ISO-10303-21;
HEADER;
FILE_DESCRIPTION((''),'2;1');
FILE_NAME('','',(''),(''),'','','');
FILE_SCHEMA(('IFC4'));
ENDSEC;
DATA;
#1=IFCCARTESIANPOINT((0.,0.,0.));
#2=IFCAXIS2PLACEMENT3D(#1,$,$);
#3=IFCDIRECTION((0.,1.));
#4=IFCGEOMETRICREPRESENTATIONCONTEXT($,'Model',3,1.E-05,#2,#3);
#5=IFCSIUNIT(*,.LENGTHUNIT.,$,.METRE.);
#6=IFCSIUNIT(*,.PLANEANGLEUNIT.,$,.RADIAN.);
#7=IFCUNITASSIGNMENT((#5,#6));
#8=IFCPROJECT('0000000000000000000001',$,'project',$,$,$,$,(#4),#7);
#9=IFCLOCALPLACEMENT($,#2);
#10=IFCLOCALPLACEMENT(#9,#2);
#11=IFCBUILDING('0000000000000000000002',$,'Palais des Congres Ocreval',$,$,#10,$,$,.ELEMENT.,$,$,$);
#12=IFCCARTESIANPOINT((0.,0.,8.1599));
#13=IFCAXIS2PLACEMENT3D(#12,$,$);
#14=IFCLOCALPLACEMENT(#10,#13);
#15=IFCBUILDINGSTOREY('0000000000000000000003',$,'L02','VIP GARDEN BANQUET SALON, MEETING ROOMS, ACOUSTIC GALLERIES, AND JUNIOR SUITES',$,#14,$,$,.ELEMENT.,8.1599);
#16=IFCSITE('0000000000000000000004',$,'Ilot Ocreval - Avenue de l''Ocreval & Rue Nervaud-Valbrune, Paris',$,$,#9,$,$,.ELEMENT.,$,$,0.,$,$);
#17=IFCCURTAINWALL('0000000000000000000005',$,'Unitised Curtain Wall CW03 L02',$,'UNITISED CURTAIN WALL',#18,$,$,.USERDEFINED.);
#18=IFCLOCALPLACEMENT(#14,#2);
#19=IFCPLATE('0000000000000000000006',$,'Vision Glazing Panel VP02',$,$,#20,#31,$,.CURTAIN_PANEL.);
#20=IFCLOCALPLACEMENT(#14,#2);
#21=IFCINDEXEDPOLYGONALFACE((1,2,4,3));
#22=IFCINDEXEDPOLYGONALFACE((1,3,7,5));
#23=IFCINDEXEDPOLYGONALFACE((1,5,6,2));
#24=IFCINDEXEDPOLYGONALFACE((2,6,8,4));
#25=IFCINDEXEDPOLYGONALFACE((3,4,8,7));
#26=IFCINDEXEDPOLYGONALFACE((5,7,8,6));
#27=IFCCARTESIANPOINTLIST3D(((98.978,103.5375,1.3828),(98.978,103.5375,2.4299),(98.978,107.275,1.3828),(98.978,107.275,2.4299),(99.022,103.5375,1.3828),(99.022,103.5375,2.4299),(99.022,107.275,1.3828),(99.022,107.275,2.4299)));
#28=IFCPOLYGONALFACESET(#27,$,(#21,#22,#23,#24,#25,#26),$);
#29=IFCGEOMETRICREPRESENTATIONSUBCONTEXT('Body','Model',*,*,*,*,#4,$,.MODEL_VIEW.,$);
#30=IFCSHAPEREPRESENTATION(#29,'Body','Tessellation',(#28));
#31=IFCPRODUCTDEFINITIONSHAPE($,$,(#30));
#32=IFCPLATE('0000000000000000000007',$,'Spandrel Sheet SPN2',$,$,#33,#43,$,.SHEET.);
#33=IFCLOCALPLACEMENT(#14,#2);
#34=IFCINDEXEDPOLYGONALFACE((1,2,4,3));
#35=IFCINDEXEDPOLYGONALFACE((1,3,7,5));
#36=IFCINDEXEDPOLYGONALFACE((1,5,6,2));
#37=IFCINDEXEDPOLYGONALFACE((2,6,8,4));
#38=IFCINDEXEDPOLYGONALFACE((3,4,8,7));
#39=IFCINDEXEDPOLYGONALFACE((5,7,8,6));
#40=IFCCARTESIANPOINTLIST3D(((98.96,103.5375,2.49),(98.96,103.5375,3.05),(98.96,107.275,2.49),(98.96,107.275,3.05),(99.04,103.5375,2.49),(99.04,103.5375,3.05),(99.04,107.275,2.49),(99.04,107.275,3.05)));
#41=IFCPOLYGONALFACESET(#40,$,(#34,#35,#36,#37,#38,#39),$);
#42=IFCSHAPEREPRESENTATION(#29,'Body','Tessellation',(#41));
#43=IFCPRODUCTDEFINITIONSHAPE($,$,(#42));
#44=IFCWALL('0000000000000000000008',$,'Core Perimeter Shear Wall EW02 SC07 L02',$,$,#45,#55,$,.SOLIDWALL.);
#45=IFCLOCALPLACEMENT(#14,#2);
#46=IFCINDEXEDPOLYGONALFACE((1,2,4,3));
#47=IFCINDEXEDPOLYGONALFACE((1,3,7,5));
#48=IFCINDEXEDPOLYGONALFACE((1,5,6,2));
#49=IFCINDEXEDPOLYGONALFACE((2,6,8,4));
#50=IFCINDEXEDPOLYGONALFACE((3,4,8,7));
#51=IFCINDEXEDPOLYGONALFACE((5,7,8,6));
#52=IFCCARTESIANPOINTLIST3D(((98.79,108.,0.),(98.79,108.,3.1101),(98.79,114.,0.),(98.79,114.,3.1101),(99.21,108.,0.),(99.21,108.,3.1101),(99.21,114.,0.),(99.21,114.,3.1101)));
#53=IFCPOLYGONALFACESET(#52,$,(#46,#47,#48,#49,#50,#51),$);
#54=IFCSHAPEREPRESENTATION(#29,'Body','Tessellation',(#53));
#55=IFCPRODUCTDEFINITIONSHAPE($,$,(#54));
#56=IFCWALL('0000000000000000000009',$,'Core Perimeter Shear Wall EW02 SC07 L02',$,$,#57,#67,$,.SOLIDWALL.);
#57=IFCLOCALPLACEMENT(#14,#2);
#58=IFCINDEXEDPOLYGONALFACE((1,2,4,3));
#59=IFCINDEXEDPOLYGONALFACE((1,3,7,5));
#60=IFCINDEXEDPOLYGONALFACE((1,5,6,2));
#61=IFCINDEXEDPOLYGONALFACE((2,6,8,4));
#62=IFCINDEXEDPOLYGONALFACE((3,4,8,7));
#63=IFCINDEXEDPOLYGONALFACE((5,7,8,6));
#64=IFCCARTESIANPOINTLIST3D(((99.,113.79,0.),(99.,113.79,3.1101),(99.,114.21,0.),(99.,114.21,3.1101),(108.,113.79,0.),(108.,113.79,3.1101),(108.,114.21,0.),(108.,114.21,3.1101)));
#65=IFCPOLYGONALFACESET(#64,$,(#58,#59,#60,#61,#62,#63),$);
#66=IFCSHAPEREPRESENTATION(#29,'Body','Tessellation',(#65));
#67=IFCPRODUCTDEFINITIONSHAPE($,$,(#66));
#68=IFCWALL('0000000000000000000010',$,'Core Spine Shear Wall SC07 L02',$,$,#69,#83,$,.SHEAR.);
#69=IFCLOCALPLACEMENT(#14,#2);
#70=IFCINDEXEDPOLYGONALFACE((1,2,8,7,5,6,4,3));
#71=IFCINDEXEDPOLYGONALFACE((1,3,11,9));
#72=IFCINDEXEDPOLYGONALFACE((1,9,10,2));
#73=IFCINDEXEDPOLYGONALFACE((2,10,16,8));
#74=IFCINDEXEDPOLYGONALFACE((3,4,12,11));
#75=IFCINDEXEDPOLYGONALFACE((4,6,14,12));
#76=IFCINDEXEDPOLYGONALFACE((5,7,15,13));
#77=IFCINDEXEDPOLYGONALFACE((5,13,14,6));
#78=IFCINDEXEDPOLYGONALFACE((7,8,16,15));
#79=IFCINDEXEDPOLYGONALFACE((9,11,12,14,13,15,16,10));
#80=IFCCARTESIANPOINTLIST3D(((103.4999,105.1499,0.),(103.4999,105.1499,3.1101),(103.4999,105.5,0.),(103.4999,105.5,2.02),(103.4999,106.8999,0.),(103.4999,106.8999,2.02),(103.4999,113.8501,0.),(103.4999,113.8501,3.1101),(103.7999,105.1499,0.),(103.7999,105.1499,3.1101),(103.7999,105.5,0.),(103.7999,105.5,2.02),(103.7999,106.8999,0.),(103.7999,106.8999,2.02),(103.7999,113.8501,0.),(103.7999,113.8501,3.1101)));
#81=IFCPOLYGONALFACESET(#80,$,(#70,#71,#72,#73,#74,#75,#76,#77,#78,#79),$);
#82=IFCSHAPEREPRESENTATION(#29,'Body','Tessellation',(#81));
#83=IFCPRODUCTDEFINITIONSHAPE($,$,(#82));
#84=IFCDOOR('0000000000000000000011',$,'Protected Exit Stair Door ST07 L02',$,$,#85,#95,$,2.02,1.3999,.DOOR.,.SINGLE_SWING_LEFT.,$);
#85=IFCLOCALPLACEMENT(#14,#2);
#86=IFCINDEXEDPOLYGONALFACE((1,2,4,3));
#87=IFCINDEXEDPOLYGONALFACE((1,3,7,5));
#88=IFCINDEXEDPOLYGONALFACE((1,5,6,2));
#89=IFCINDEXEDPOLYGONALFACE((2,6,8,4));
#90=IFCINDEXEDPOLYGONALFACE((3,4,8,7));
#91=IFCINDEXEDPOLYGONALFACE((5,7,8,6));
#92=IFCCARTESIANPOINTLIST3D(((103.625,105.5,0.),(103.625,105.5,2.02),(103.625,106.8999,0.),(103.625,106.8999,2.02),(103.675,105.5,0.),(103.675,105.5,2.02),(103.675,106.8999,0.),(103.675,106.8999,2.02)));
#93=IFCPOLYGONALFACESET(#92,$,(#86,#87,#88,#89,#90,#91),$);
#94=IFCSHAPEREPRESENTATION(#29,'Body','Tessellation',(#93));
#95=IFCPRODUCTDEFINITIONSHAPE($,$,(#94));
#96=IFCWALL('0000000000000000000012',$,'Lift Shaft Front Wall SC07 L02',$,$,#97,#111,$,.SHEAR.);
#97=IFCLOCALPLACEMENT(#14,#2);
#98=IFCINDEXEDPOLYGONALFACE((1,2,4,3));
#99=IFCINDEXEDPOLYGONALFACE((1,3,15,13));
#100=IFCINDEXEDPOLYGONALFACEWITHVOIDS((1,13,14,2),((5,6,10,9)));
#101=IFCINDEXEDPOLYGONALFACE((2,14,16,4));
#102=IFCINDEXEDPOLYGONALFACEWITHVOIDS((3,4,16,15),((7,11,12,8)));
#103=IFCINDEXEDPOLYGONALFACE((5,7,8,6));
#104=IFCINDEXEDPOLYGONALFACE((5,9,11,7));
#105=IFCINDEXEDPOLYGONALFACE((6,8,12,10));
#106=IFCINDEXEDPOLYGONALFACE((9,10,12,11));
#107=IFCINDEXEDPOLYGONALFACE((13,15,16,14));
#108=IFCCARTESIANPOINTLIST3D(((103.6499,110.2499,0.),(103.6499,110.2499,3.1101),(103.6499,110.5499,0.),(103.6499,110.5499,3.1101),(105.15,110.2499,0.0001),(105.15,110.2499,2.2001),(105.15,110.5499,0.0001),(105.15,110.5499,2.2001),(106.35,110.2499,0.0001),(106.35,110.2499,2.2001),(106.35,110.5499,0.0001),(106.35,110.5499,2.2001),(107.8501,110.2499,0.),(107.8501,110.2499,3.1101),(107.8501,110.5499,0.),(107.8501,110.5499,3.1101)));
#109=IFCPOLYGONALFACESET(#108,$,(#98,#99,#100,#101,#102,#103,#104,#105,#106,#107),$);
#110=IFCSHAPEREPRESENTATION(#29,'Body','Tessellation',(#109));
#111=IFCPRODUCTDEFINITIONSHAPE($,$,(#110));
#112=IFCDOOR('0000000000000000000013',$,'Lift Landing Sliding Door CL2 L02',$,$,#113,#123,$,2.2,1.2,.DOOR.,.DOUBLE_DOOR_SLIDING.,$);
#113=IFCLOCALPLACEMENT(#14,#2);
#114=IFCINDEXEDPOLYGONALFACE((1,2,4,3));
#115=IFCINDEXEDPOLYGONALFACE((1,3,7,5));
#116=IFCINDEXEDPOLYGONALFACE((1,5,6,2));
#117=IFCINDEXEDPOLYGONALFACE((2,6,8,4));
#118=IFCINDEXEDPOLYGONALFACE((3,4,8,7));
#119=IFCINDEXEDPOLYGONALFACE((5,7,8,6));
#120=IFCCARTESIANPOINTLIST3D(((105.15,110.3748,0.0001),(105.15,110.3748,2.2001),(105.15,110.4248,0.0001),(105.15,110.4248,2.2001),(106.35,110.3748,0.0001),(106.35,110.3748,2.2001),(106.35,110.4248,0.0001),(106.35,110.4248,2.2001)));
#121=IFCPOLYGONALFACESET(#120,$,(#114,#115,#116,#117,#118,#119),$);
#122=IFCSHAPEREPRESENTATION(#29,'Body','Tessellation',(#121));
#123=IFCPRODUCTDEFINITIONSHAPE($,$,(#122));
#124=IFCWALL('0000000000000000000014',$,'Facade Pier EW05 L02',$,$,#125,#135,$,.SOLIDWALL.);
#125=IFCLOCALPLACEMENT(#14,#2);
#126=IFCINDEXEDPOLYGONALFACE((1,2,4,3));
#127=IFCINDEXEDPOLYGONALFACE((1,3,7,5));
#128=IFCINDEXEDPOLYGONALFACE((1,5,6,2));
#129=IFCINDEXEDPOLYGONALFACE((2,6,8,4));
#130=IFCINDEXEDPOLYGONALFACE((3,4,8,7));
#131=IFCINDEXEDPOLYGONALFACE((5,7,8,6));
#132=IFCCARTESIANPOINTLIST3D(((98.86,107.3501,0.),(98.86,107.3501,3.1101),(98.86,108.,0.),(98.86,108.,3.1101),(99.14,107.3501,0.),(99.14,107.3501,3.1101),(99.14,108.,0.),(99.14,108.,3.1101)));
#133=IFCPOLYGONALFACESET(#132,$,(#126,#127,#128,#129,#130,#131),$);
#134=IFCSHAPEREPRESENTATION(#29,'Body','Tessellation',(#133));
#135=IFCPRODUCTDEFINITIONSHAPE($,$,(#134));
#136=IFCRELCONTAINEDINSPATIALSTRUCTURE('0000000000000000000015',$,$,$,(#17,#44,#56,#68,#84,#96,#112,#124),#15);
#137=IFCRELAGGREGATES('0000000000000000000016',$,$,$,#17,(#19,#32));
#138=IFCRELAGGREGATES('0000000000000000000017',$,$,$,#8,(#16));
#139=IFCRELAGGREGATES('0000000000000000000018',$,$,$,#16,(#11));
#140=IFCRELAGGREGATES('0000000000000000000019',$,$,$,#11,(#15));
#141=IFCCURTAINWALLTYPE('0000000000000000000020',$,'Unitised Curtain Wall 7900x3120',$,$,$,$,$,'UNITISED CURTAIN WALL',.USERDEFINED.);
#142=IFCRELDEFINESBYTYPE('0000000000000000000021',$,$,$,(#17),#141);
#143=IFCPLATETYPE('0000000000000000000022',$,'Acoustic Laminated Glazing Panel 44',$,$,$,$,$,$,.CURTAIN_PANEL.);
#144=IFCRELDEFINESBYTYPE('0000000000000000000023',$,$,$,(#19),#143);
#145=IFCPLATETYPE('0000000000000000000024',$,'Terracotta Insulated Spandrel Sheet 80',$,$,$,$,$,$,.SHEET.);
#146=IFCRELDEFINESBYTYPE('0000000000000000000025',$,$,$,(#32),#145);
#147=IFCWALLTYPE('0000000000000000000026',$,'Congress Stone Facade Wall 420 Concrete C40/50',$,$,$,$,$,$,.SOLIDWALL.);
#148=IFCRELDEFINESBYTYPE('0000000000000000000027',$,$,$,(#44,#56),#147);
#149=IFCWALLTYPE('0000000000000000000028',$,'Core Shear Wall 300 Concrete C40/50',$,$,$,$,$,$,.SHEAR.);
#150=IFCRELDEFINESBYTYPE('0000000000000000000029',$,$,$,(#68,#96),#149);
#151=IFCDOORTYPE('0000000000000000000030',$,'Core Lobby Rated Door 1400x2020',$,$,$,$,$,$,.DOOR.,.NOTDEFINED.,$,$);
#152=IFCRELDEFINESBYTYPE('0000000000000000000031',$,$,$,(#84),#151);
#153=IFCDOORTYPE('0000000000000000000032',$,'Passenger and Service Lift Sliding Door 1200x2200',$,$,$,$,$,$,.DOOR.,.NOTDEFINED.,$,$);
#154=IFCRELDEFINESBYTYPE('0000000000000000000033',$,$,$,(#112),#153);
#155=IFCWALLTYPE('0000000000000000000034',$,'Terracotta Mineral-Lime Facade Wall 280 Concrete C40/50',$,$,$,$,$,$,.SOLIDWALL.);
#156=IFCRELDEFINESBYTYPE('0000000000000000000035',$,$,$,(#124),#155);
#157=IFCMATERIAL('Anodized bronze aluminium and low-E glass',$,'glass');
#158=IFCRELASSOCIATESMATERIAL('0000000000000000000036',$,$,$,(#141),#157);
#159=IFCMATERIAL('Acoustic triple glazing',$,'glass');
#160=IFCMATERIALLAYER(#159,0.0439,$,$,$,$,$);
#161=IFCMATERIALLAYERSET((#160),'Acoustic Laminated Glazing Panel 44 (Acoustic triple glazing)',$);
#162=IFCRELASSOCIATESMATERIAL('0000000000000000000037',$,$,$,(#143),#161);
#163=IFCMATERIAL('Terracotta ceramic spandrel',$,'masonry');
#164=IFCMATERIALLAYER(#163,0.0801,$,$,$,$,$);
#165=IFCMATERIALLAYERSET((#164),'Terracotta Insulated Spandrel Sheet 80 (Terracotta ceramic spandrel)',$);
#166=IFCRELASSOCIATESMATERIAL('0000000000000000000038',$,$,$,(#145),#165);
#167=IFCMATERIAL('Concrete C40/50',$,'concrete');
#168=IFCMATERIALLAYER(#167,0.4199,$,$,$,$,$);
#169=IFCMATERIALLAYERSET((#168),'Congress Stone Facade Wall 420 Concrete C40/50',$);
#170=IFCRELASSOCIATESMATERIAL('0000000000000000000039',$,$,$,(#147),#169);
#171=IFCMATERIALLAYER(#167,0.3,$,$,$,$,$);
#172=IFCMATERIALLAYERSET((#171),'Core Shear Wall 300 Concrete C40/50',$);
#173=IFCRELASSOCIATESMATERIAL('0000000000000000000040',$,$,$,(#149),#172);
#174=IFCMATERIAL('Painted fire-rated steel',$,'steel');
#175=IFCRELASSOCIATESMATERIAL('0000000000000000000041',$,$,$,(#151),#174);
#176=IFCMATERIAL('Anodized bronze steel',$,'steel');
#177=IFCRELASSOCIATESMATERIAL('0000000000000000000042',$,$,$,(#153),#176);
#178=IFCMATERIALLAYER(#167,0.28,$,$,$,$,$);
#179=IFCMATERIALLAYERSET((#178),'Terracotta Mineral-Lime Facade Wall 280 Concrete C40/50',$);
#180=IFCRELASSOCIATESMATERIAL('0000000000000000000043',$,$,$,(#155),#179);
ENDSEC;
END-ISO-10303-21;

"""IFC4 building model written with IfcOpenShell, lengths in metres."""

from ifc_helpers import new_model, si_unit, direction, frame, frame_2d, origin, origin_2d, place, context, subcontext, project, spatial, rectangle, extrude, material, layer, layer_set, type_object, element, fill, aggregate, save


model = new_model("IFC4")

# Units and contexts
model_context = context("Model", 3, precision=1e-05, world=origin(), true_north=direction((0.0, 1.0)))
body_context = subcontext(model_context, "Body", "Model", "MODEL_VIEW")
ifc_project = project(units=[si_unit("LENGTHUNIT", "METRE"), si_unit("PLANEANGLEUNIT", "RADIAN")], contexts=[model_context])

# Site, building, storey
site_placement = place(None, origin())
site = spatial("IfcSite", under=ifc_project, at=site_placement, Name="Ilot Ocreval - Avenue de l'Ocreval & Rue Nervaud-Valbrune, Paris", CompositionType="ELEMENT", RefElevation=0.0)
building_placement = place(site_placement, origin())
building = spatial("IfcBuilding", under=site, at=building_placement, Name="Palais des Congres Ocreval", CompositionType="ELEMENT")
storey_placement = place(building_placement, frame((0.0, 0.0, 8.1599)))
storey = spatial("IfcBuildingStorey", under=building, at=storey_placement, Name="L02", Description="VIP GARDEN BANQUET SALON, MEETING ROOMS, ACOUSTIC GALLERIES, AND JUNIOR SUITES", CompositionType="ELEMENT", Elevation=8.1599)

# Curtain wall
ifc_material_1 = material(Name="Anodized bronze aluminium and low-E glass", Category="glass")
curtain_wall_type = type_object("IfcCurtainWallType", Name="Unitised Curtain Wall 7900x3120", ElementType="UNITISED CURTAIN WALL", PredefinedType="USERDEFINED", material=ifc_material_1)
curtain_wall_placement = place(storey_placement, origin())
curtain_wall = element("IfcCurtainWall", 1, at=curtain_wall_placement, inside=storey, type_object=curtain_wall_type, Name="Unitised Curtain Wall CW03 L02", ObjectType="UNITISED CURTAIN WALL", PredefinedType="USERDEFINED")

# Plates
ifc_material_2 = material(Name="Acoustic triple glazing", Category="glass")
ifc_layer_1 = layer(ifc_material_2, 0.0439)
ifc_layer_set_1 = layer_set([ifc_layer_1], Name="Acoustic Laminated Glazing Panel 44 (Acoustic triple glazing)")
plate_type_1 = type_object("IfcPlateType", Name="Acoustic Laminated Glazing Panel 44", PredefinedType="CURTAIN_PANEL", material=ifc_layer_set_1)
plate_1_placement = place(storey_placement, frame((99.0, 105.4062, 1.3828), z_axis=(0.0, 0.0, 1.0), x_axis=(0.0, 1.0, 0.0)))
plate_1 = element("IfcPlate", 2, at=plate_1_placement, type_object=plate_type_1, Name="Vision Glazing Panel VP02", PredefinedType="CURTAIN_PANEL", context=body_context, shape_type="SweptSolid", body=[
    extrude(rectangle(XDim=3.7375, YDim=0.0439, at=origin_2d()), origin(), (0.0, 0.0, 1.0), 1.0471),
])
ifc_material_3 = material(Name="Terracotta ceramic spandrel", Category="masonry")
ifc_layer_2 = layer(ifc_material_3, 0.0801)
ifc_layer_set_2 = layer_set([ifc_layer_2], Name="Terracotta Insulated Spandrel Sheet 80 (Terracotta ceramic spandrel)")
plate_type_2 = type_object("IfcPlateType", Name="Terracotta Insulated Spandrel Sheet 80", PredefinedType="SHEET", material=ifc_layer_set_2)
plate_2_placement = place(storey_placement, frame((99.0, 105.4062, 2.49), z_axis=(0.0, 0.0, 1.0), x_axis=(0.0, 1.0, 0.0)))
plate_2 = element("IfcPlate", 3, at=plate_2_placement, type_object=plate_type_2, Name="Spandrel Sheet SPN2", PredefinedType="SHEET", context=body_context, shape_type="SweptSolid", body=[
    extrude(rectangle(XDim=3.7375, YDim=0.0801, at=origin_2d()), origin(), (0.0, 0.0, 1.0), 0.5601),
])
aggregate(curtain_wall, [plate_1, plate_2])

# Walls
ifc_material_4 = material(Name="Concrete C40/50", Category="concrete")
ifc_layer_3 = layer(ifc_material_4, 0.4199)
ifc_layer_set_3 = layer_set([ifc_layer_3], Name="Congress Stone Facade Wall 420 Concrete C40/50")
wall_type_1 = type_object("IfcWallType", Name="Congress Stone Facade Wall 420 Concrete C40/50", PredefinedType="SOLIDWALL", material=ifc_layer_set_3)
wall_1_placement = place(storey_placement, frame((99.0, 108.0, 0.0), z_axis=(0.0, 0.0, 1.0), x_axis=(0.0, 1.0, 0.0)))
element("IfcWall", 4, at=wall_1_placement, inside=storey, type_object=wall_type_1, Name="Core Perimeter Shear Wall EW02 SC07 L02", PredefinedType="SOLIDWALL", context=body_context, shape_type="SweptSolid", body=[
    extrude(rectangle(XDim=6.0, YDim=0.4199, at=frame_2d((3.0, 0.0))), origin(), (0.0, 0.0, 1.0), 3.1101),
])
wall_2_placement = place(storey_placement, frame((99.0, 114.0, 0.0), z_axis=(0.0, 0.0, 1.0), x_axis=(1.0, 0.0, 0.0)))
element("IfcWall", 5, at=wall_2_placement, inside=storey, type_object=wall_type_1, Name="Core Perimeter Shear Wall EW02 SC07 L02", PredefinedType="SOLIDWALL", context=body_context, shape_type="SweptSolid", body=[
    extrude(rectangle(XDim=9.0, YDim=0.4199, at=frame_2d((4.5, 0.0))), origin(), (0.0, 0.0, 1.0), 3.1101),
])

# Walls, openings, doors
ifc_layer_4 = layer(ifc_material_4, 0.3)
ifc_layer_set_4 = layer_set([ifc_layer_4], Name="Core Shear Wall 300 Concrete C40/50")
wall_type_2 = type_object("IfcWallType", Name="Core Shear Wall 300 Concrete C40/50", PredefinedType="SHEAR", material=ifc_layer_set_4)
wall_3_placement = place(storey_placement, frame((103.6499, 105.1499, 0.0), z_axis=(0.0, 0.0, 1.0), x_axis=(0.0, 1.0, 0.0)))
wall_3 = element("IfcWall", 6, at=wall_3_placement, inside=storey, type_object=wall_type_2, Name="Core Spine Shear Wall SC07 L02", PredefinedType="SHEAR", context=body_context, shape_type="SweptSolid", body=[
    extrude(rectangle(XDim=8.7002, YDim=0.3, at=frame_2d((4.3501, 0.0))), origin(), (0.0, 0.0, 1.0), 3.1101),
])
opening_1_placement = place(wall_3_placement, frame((0.3501, 0.0, 0.0)))
opening_1 = element("IfcOpeningElement", 7, at=opening_1_placement, cuts=wall_3, PredefinedType="OPENING", context=body_context, shape_type="SweptSolid", body=[
    extrude(rectangle(XDim=1.3999, YDim=2.02, at=frame_2d((0.7, 1.01))), frame((0.0, 0.1599, 0.0), z_axis=(0.0, -1.0, 0.0), x_axis=(1.0, 0.0, 0.0)), (0.0, 0.0, 1.0), 0.3201),
])
ifc_material_5 = material(Name="Painted fire-rated steel", Category="steel")
door_type_1 = type_object("IfcDoorType", Name="Core Lobby Rated Door 1400x2020", OperationType="NOTDEFINED", PredefinedType="DOOR", material=ifc_material_5)
door_1_placement = place(opening_1_placement, origin())
door_1 = element("IfcDoor", 8, at=door_1_placement, inside=storey, type_object=door_type_1, Name="Protected Exit Stair Door ST07 L02", OperationType="SINGLE_SWING_LEFT", OverallHeight=2.02, OverallWidth=1.3999, PredefinedType="DOOR", context=body_context, shape_type="SweptSolid", body=[
    extrude(rectangle(XDim=1.3999, YDim=2.02, at=frame_2d((0.7, 1.01))), frame((0.0, 0.0249, 0.0), z_axis=(0.0, -1.0, 0.0), x_axis=(1.0, 0.0, 0.0)), (0.0, 0.0, 1.0), 0.05),
])
fill(opening_1, door_1)
wall_4_placement = place(storey_placement, frame((103.6499, 110.3999, 0.0), z_axis=(0.0, 0.0, 1.0), x_axis=(1.0, 0.0, 0.0)))
wall_4 = element("IfcWall", 9, at=wall_4_placement, inside=storey, type_object=wall_type_2, Name="Lift Shaft Front Wall SC07 L02", PredefinedType="SHEAR", context=body_context, shape_type="SweptSolid", body=[
    extrude(rectangle(XDim=4.2002, YDim=0.3, at=frame_2d((2.1001, 0.0))), origin(), (0.0, 0.0, 1.0), 3.1101),
])
opening_2_placement = place(wall_4_placement, frame((1.5, 0.0, 0.0)))
opening_2 = element("IfcOpeningElement", 10, at=opening_2_placement, cuts=wall_4, PredefinedType="OPENING", context=body_context, shape_type="SweptSolid", body=[
    extrude(rectangle(XDim=1.2, YDim=2.2, at=frame_2d((0.6001, 1.1001))), frame((0.0, 0.1599, 0.0), z_axis=(0.0, -1.0, 0.0), x_axis=(1.0, 0.0, 0.0)), (0.0, 0.0, 1.0), 0.3201),
])
ifc_material_6 = material(Name="Anodized bronze steel", Category="steel")
door_type_2 = type_object("IfcDoorType", Name="Passenger and Service Lift Sliding Door 1200x2200", OperationType="NOTDEFINED", PredefinedType="DOOR", material=ifc_material_6)
door_2_placement = place(opening_2_placement, origin())
door_2 = element("IfcDoor", 11, at=door_2_placement, inside=storey, type_object=door_type_2, Name="Lift Landing Sliding Door CL2 L02", OperationType="DOUBLE_DOOR_SLIDING", OverallHeight=2.2, OverallWidth=1.2, PredefinedType="DOOR", context=body_context, shape_type="SweptSolid", body=[
    extrude(rectangle(XDim=1.2, YDim=2.2, at=frame_2d((0.6001, 1.1001))), frame((0.0, 0.0249, 0.0), z_axis=(0.0, -1.0, 0.0), x_axis=(1.0, 0.0, 0.0)), (0.0, 0.0, 1.0), 0.05),
])
fill(opening_2, door_2)

# Wall
ifc_layer_5 = layer(ifc_material_4, 0.28)
ifc_layer_set_5 = layer_set([ifc_layer_5], Name="Terracotta Mineral-Lime Facade Wall 280 Concrete C40/50")
wall_type_3 = type_object("IfcWallType", Name="Terracotta Mineral-Lime Facade Wall 280 Concrete C40/50", PredefinedType="SOLIDWALL", material=ifc_layer_set_5)
wall_5_placement = place(storey_placement, frame((99.0, 107.3501, 0.0), z_axis=(0.0, 0.0, 1.0), x_axis=(0.0, 1.0, 0.0)))
element("IfcWall", 12, at=wall_5_placement, inside=storey, type_object=wall_type_3, Name="Facade Pier EW05 L02", PredefinedType="SOLIDWALL", context=body_context, shape_type="SweptSolid", body=[
    extrude(rectangle(XDim=0.6499, YDim=0.28, at=frame_2d((0.325, 0.0))), origin(), (0.0, 0.0, 1.0), 3.1101),
])

save(model, "model.ifc")
